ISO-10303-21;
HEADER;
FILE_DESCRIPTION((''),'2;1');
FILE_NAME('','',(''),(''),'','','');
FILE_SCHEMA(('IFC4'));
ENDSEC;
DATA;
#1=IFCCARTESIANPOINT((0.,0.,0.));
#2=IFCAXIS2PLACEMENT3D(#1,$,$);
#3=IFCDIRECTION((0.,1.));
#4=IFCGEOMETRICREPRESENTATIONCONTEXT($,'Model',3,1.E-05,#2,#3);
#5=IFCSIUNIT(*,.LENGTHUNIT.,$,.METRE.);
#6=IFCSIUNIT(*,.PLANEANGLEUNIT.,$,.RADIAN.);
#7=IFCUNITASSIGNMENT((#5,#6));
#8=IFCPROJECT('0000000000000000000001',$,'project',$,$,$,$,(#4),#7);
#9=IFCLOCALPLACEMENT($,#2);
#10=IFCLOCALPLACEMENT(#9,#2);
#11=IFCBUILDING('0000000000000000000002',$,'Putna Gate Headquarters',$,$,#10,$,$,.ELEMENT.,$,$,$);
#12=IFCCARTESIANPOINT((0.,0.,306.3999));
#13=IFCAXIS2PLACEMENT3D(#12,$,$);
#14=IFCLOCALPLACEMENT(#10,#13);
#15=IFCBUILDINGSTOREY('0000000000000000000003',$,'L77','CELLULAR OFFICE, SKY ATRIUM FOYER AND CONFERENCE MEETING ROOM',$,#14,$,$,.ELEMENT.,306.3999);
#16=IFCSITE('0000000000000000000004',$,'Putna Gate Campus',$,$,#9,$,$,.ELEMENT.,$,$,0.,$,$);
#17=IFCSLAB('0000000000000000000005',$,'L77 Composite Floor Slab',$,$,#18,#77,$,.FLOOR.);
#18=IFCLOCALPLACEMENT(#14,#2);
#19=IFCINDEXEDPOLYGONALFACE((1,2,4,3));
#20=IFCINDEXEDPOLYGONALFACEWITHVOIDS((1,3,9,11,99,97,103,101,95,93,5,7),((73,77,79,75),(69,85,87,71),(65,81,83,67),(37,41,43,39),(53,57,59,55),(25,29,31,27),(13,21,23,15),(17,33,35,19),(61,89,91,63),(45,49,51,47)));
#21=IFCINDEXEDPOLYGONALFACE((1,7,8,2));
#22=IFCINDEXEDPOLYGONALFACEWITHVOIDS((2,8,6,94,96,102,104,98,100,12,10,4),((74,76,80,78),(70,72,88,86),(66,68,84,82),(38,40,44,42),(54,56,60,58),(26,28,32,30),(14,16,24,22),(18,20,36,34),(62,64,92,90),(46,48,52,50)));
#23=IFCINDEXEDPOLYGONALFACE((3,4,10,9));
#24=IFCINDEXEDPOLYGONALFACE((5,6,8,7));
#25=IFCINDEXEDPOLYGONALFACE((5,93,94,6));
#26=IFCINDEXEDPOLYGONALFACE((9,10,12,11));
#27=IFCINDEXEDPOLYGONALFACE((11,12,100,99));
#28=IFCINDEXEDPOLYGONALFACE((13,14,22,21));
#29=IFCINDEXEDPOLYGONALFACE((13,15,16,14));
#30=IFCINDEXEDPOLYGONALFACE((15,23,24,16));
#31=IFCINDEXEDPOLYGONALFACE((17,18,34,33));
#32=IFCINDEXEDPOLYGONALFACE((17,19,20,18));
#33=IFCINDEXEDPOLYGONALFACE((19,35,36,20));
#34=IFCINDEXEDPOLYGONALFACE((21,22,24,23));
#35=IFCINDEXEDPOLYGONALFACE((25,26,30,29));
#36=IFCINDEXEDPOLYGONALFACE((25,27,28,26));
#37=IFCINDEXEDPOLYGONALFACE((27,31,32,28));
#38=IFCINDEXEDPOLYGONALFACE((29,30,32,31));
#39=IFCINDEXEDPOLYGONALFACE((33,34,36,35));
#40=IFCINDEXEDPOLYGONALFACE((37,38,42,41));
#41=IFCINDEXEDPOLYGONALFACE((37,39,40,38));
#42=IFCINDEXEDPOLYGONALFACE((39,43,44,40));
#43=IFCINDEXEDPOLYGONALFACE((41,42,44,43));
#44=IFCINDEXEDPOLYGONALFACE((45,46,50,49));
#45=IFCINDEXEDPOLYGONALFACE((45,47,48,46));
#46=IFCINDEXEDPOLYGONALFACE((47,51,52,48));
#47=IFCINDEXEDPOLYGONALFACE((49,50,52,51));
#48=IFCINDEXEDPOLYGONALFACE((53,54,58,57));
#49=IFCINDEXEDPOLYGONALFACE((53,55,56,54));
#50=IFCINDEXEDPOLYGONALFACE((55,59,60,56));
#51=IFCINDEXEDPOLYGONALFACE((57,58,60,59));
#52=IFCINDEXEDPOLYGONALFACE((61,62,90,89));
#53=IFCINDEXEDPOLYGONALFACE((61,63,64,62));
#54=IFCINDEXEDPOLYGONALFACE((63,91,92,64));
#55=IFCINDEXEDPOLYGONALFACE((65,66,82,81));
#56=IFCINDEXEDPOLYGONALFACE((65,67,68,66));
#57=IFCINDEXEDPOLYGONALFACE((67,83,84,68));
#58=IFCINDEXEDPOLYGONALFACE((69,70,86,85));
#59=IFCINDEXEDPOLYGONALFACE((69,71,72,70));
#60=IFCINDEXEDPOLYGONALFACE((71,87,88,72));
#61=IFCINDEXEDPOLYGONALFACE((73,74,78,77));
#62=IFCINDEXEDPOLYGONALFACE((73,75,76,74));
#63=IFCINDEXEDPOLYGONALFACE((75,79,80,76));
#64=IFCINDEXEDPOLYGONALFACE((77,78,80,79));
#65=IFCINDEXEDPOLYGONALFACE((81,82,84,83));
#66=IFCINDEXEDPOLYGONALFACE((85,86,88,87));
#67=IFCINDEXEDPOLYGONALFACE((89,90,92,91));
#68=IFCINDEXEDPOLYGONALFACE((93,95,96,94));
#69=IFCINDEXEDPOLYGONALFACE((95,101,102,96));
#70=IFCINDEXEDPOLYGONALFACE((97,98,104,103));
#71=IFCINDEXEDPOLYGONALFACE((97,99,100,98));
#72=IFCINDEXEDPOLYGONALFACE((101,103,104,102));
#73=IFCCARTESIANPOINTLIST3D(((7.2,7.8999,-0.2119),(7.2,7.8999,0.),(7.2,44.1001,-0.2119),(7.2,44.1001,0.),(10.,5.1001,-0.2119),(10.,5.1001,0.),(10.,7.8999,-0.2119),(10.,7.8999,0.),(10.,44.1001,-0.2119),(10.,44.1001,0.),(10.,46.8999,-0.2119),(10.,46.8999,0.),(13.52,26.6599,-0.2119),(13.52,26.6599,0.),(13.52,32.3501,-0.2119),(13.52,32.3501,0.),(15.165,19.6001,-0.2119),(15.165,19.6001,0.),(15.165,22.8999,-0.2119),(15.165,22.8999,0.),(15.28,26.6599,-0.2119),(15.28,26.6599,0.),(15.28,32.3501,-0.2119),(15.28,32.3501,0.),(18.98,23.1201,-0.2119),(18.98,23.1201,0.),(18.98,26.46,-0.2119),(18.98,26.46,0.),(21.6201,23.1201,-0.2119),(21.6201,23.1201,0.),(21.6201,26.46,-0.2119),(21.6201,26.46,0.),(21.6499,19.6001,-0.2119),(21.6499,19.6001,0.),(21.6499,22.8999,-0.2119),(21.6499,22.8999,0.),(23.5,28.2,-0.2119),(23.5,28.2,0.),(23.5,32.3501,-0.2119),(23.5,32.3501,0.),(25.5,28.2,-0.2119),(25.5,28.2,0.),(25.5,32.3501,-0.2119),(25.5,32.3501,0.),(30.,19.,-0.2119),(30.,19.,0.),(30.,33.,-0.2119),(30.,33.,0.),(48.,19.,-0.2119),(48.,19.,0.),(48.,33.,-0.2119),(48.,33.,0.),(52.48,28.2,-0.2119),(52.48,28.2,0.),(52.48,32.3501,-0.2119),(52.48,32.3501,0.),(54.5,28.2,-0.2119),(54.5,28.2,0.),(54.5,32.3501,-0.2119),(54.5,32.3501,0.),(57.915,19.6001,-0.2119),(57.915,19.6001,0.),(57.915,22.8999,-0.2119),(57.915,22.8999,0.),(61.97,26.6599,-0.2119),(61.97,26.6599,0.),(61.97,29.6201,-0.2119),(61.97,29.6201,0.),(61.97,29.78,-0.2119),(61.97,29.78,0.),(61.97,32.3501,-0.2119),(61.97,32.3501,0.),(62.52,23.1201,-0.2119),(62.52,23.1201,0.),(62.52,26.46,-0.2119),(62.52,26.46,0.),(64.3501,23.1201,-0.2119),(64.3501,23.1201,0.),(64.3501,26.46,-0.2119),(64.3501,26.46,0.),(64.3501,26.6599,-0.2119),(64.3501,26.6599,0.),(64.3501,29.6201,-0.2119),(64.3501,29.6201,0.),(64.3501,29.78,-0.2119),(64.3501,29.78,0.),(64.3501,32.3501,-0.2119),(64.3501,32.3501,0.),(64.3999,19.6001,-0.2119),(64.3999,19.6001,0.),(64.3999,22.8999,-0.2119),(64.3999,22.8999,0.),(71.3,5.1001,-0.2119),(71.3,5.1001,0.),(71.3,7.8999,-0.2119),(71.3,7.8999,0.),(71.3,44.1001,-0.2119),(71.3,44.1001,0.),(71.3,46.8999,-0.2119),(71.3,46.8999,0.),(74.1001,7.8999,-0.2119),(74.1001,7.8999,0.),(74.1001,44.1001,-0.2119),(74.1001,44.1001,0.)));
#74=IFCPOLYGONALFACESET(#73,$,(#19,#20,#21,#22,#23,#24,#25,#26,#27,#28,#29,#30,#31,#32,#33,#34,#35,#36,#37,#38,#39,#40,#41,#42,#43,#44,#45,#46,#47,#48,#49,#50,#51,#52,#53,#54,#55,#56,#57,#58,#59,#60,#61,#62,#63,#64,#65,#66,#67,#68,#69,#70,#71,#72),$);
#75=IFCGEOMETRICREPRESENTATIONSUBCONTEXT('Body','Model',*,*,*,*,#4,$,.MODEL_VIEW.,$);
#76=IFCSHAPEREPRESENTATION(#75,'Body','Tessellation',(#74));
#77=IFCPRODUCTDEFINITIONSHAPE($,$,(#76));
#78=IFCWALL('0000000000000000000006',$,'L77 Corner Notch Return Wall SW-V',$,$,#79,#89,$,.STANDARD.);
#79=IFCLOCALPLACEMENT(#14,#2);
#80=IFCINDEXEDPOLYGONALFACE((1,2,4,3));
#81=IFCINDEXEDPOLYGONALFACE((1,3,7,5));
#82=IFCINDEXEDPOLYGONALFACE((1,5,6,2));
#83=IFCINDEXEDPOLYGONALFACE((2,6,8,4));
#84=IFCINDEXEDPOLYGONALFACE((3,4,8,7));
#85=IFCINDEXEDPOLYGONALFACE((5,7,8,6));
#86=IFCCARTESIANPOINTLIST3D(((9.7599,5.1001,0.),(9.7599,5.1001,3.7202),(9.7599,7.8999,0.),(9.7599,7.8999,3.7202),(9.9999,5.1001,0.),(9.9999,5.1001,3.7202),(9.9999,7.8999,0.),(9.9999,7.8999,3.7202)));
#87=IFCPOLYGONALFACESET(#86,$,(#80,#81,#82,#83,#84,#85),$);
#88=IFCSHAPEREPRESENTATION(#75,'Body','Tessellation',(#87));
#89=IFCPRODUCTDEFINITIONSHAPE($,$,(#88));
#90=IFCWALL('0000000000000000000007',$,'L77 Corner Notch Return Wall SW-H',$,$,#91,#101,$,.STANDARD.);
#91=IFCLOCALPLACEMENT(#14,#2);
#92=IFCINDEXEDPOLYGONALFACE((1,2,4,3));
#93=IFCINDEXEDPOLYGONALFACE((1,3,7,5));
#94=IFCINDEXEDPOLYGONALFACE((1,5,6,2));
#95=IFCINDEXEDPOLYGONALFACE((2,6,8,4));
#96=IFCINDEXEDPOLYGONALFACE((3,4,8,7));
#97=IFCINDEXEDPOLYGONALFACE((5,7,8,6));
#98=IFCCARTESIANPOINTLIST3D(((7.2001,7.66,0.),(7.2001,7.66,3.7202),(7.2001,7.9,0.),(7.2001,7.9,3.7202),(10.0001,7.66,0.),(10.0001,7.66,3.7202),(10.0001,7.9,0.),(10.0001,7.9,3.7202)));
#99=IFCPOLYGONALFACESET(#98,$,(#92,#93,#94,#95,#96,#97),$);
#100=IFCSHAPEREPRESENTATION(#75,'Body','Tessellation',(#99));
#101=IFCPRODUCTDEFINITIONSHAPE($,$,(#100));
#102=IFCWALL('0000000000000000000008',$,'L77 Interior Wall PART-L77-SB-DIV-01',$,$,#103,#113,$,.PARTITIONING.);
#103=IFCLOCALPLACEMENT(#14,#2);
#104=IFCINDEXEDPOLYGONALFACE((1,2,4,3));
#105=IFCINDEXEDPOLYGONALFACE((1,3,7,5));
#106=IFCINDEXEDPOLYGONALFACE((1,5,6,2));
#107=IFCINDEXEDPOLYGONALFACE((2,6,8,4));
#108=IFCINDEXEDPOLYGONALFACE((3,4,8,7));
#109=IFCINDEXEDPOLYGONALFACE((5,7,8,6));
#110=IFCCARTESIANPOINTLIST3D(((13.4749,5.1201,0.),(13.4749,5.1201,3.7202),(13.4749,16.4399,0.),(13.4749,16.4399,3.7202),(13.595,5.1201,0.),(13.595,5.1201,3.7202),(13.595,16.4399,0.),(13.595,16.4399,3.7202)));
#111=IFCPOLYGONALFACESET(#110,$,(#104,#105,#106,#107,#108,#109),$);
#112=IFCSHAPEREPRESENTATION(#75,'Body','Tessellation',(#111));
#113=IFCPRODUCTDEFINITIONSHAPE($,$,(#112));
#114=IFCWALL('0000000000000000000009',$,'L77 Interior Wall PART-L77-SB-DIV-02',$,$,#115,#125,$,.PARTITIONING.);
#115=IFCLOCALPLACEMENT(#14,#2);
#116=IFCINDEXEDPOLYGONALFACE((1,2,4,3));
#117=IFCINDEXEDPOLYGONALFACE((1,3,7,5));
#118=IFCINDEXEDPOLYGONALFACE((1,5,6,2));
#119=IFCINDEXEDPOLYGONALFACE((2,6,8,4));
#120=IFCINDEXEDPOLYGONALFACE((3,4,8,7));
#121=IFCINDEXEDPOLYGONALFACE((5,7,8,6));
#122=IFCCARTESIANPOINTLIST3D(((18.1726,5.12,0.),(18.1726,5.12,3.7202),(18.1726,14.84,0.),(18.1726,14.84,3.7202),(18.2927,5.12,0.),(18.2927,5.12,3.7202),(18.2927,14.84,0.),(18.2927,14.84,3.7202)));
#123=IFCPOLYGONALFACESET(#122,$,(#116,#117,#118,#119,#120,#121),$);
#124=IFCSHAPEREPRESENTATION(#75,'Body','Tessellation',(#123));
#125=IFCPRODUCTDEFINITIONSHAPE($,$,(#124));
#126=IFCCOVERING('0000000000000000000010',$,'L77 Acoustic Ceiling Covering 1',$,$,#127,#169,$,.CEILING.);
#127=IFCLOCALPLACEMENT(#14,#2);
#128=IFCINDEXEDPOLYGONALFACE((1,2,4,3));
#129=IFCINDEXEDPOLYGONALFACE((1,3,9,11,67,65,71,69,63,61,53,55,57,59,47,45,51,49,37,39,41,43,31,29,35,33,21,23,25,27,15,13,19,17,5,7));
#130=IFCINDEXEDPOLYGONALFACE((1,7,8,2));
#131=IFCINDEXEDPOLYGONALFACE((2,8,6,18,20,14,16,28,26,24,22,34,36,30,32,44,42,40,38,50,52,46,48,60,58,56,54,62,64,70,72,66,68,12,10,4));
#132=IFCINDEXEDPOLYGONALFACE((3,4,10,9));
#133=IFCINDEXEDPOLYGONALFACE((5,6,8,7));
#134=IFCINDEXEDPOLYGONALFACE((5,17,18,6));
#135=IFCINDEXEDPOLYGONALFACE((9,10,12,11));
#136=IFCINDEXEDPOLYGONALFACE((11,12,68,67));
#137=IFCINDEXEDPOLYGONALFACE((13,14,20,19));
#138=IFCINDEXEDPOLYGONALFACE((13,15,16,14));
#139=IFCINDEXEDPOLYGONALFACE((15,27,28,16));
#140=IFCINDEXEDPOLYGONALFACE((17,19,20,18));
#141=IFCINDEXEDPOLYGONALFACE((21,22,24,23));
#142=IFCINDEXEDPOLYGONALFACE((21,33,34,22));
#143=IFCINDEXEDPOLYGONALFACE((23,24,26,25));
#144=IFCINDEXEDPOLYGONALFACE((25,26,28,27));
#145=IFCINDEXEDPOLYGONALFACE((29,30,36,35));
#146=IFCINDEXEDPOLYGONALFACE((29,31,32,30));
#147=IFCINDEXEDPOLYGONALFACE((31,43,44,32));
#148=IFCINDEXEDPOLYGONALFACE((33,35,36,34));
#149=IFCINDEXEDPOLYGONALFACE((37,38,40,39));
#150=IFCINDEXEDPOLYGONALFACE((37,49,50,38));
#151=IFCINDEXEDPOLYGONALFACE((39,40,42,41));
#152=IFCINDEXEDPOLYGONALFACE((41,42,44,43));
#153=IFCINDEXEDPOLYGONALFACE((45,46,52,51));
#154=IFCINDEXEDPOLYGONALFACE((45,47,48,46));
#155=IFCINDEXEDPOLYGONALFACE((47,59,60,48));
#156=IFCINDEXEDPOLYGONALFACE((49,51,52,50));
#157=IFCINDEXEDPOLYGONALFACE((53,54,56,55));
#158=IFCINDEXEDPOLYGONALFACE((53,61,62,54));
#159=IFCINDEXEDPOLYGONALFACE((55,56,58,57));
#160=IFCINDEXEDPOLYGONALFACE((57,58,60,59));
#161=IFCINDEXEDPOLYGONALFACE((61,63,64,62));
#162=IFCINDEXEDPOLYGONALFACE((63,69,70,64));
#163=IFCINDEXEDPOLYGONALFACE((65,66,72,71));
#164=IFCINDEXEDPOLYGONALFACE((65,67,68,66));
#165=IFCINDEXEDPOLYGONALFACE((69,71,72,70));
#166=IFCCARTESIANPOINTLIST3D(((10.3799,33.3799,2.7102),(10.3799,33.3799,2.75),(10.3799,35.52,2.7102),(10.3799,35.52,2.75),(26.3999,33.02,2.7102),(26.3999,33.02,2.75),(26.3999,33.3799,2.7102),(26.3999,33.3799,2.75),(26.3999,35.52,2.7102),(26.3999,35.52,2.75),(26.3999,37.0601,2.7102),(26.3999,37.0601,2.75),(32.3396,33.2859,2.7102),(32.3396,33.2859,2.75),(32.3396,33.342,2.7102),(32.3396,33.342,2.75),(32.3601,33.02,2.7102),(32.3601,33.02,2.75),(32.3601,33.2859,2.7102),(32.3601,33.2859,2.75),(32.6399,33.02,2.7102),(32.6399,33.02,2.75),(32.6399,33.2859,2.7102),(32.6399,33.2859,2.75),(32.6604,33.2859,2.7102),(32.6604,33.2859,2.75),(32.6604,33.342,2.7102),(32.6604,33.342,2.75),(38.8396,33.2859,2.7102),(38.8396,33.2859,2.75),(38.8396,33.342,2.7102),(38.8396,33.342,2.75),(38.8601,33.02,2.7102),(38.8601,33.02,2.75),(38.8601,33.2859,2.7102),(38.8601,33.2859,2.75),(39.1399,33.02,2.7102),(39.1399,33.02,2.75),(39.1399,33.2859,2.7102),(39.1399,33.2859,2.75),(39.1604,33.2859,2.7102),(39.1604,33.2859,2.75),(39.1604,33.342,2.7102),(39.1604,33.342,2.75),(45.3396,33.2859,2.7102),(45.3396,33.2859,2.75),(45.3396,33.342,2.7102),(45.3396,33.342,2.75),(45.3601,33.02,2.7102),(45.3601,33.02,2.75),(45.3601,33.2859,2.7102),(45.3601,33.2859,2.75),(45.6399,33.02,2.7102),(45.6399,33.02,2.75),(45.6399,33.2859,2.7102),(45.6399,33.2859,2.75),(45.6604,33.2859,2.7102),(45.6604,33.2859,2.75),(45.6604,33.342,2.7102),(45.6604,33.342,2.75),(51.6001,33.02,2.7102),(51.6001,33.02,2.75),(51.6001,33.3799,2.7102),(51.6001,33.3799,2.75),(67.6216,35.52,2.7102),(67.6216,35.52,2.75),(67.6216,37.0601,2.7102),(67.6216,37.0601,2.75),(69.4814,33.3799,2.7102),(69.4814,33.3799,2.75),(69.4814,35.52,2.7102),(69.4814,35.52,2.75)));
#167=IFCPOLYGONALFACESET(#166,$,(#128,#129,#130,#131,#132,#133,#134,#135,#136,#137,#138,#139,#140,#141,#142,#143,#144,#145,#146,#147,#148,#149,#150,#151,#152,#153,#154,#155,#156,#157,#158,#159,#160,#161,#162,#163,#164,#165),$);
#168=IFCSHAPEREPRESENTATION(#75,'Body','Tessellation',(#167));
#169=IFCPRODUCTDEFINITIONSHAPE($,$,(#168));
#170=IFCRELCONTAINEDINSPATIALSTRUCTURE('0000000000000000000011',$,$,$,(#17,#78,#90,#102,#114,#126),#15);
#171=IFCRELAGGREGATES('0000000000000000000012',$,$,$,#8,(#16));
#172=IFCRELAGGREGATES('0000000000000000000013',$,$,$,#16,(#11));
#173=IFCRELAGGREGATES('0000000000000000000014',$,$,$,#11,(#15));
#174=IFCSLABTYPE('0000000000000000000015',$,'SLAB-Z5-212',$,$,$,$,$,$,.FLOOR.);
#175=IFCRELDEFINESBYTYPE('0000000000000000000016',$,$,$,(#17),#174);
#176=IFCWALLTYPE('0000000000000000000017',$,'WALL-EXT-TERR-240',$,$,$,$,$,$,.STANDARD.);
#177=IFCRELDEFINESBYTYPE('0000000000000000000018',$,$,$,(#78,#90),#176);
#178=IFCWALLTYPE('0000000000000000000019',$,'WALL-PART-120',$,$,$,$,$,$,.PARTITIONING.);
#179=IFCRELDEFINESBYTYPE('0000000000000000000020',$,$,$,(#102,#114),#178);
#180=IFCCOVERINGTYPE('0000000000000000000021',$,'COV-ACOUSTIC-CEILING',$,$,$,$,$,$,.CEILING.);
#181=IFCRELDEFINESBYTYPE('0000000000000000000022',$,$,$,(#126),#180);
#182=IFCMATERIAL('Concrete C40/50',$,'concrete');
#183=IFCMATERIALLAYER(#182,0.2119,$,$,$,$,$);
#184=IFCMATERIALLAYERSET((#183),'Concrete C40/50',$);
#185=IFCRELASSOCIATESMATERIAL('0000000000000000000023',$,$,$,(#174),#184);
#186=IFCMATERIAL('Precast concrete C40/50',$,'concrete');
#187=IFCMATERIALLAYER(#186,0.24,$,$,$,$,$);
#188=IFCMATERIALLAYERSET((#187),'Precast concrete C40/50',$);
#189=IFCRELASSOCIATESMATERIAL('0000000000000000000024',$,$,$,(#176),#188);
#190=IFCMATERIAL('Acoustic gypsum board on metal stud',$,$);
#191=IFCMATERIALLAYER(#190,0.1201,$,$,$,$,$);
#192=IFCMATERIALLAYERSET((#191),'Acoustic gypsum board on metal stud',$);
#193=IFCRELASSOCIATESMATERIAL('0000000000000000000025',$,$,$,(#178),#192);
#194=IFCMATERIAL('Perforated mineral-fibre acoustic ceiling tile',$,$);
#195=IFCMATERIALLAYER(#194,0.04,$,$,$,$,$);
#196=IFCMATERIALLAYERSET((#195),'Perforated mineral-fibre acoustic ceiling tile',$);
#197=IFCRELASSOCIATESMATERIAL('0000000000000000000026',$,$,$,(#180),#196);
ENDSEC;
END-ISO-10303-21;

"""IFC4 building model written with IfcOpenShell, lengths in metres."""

from ifc_helpers import new_model, si_unit, direction, frame, frame_2d, origin, place, context, subcontext, project, spatial, polyline, rectangle, outline, extrude, material, layer, layer_set, type_object, element, save


model = new_model("IFC4")

# Units and contexts
model_context = context("Model", 3, precision=1e-05, world=origin(), true_north=direction((0.0, 1.0)))
body_context = subcontext(model_context, "Body", "Model", "MODEL_VIEW")
ifc_project = project(units=[si_unit("LENGTHUNIT", "METRE"), si_unit("PLANEANGLEUNIT", "RADIAN")], contexts=[model_context])

# Site, building, storey
site_placement = place(None, origin())
site = spatial("IfcSite", under=ifc_project, at=site_placement, Name="Putna Gate Campus", CompositionType="ELEMENT", RefElevation=0.0)
building_placement = place(site_placement, origin())
building = spatial("IfcBuilding", under=site, at=building_placement, Name="Putna Gate Headquarters", CompositionType="ELEMENT")
storey_placement = place(building_placement, frame((0.0, 0.0, 306.3999)))
storey = spatial("IfcBuildingStorey", under=building, at=storey_placement, Name="L77", Description="CELLULAR OFFICE, SKY ATRIUM FOYER AND CONFERENCE MEETING ROOM", CompositionType="ELEMENT", Elevation=306.3999)

# Shared definitions
ifc_material_1 = material(Name="Concrete C40/50", Category="concrete")

# Slab
ifc_layer_1 = layer(ifc_material_1, 0.2119)
ifc_layer_set_1 = layer_set([ifc_layer_1], Name="Concrete C40/50")
slab_type_1 = type_object("IfcSlabType", Name="SLAB-Z5-212", PredefinedType="FLOOR", material=ifc_layer_set_1)
slab_1_placement = place(storey_placement, frame((0.0, 0.0, -0.2119)))
element("IfcSlab", 1, at=slab_1_placement, inside=storey, type_object=slab_type_1, Name="L77 Composite Floor Slab", PredefinedType="FLOOR", context=body_context, shape_type="SweptSolid", body=[
    extrude(outline(polyline([(10.0, 5.1001), (71.3, 5.1001), (71.3, 7.8999), (74.1001, 7.8999), (74.1001, 44.1001), (71.3, 44.1001), (71.3, 46.8999), (10.0, 46.8999), (10.0, 44.1001), (7.2, 44.1001), (7.2, 7.8999), (10.0, 7.8999), (10.0, 5.1001)]), holes=[polyline([(15.165, 19.6001), (21.6499, 19.6001), (21.6499, 22.8999), (15.165, 22.8999), (15.165, 19.6001)]), polyline([(57.915, 19.6001), (64.3999, 19.6001), (64.3999, 22.8999), (57.915, 22.8999), (57.915, 19.6001)]), polyline([(13.52, 26.6599), (15.28, 26.6599), (15.28, 32.3501), (13.52, 32.3501), (13.52, 26.6599)]), polyline([(61.97, 29.78), (64.3501, 29.78), (64.3501, 32.3501), (61.97, 32.3501), (61.97, 29.78)]), polyline([(18.98, 23.1201), (21.6201, 23.1201), (21.6201, 26.46), (18.98, 26.46), (18.98, 23.1201)]), polyline([(62.52, 23.1201), (64.3501, 23.1201), (64.3501, 26.46), (62.52, 26.46), (62.52, 23.1201)]), polyline([(61.97, 26.6599), (64.3501, 26.6599), (64.3501, 29.6201), (61.97, 29.6201), (61.97, 26.6599)]), polyline([(23.5, 28.2), (25.5, 28.2), (25.5, 32.3501), (23.5, 32.3501), (23.5, 28.2)]), polyline([(52.48, 28.2), (54.5, 28.2), (54.5, 32.3501), (52.48, 32.3501), (52.48, 28.2)]), polyline([(30.0, 19.0), (48.0, 19.0), (48.0, 33.0), (30.0, 33.0), (30.0, 19.0)])]), origin(), (0.0, 0.0, 1.0), 0.2119),
])

# Walls
ifc_material_2 = material(Name="Precast concrete C40/50", Category="concrete")
ifc_layer_2 = layer(ifc_material_2, 0.24)
ifc_layer_set_2 = layer_set([ifc_layer_2], Name="Precast concrete C40/50")
wall_type_1 = type_object("IfcWallType", Name="WALL-EXT-TERR-240", PredefinedType="STANDARD", material=ifc_layer_set_2)
wall_1_placement = place(storey_placement, frame((9.8799, 5.1001, 0.0), z_axis=(0.0, 0.0, 1.0), x_axis=(0.0, 1.0, 0.0)))
element("IfcWall", 2, at=wall_1_placement, inside=storey, type_object=wall_type_1, Name="L77 Corner Notch Return Wall SW-V", PredefinedType="STANDARD", context=body_context, shape_type="SweptSolid", body=[
    extrude(rectangle(XDim=2.7998, YDim=0.24, at=frame_2d((1.3999, 0.0))), origin(), (0.0, 0.0, 1.0), 3.7202),
])
wall_2_placement = place(storey_placement, frame((10.0, 7.78, 0.0), z_axis=(0.0, 0.0, 1.0), x_axis=(-1.0, 0.0, 0.0)))
element("IfcWall", 3, at=wall_2_placement, inside=storey, type_object=wall_type_1, Name="L77 Corner Notch Return Wall SW-H", PredefinedType="STANDARD", context=body_context, shape_type="SweptSolid", body=[
    extrude(rectangle(XDim=2.8, YDim=0.24, at=frame_2d((1.3999, 0.0))), origin(), (0.0, 0.0, 1.0), 3.7202),
])
ifc_material_3 = material(Name="Acoustic gypsum board on metal stud")
ifc_layer_3 = layer(ifc_material_3, 0.1201)
ifc_layer_set_3 = layer_set([ifc_layer_3], Name="Acoustic gypsum board on metal stud")
wall_type_2 = type_object("IfcWallType", Name="WALL-PART-120", PredefinedType="PARTITIONING", material=ifc_layer_set_3)
wall_3_placement = place(storey_placement, frame((13.5349, 5.1201, 0.0), z_axis=(0.0, 0.0, 1.0), x_axis=(0.0, 1.0, 0.0)))
element("IfcWall", 4, at=wall_3_placement, inside=storey, type_object=wall_type_2, Name="L77 Interior Wall PART-L77-SB-DIV-01", PredefinedType="PARTITIONING", context=body_context, shape_type="SweptSolid", body=[
    extrude(rectangle(XDim=11.3198, YDim=0.1201, at=frame_2d((5.6599, 0.0))), origin(), (0.0, 0.0, 1.0), 3.7202),
])
wall_4_placement = place(storey_placement, frame((18.2327, 5.1201, 0.0), z_axis=(0.0, 0.0, 1.0), x_axis=(0.0, 1.0, 0.0)))
element("IfcWall", 5, at=wall_4_placement, inside=storey, type_object=wall_type_2, Name="L77 Interior Wall PART-L77-SB-DIV-02", PredefinedType="PARTITIONING", context=body_context, shape_type="SweptSolid", body=[
    extrude(rectangle(XDim=9.72, YDim=0.1201, at=frame_2d((4.8599, 0.0))), origin(), (0.0, 0.0, 1.0), 3.7202),
])

# Covering
ifc_material_4 = material(Name="Perforated mineral-fibre acoustic ceiling tile")
ifc_layer_4 = layer(ifc_material_4, 0.04)
ifc_layer_set_4 = layer_set([ifc_layer_4], Name="Perforated mineral-fibre acoustic ceiling tile")
covering_type_1 = type_object("IfcCoveringType", Name="COV-ACOUSTIC-CEILING", PredefinedType="CEILING", material=ifc_layer_set_4)
covering_1_placement = place(storey_placement, frame((0.0, 0.0, 2.7102)))
element("IfcCovering", 6, at=covering_1_placement, inside=storey, type_object=covering_type_1, Name="L77 Acoustic Ceiling Covering 1", PredefinedType="CEILING", context=body_context, shape_type="SweptSolid", body=[
    extrude(outline(polyline([(45.3601, 33.2859), (45.3396, 33.2859), (45.3396, 33.342), (45.6604, 33.342), (45.6604, 33.2859), (45.6399, 33.2859), (45.6399, 33.02), (51.6001, 33.02), (51.6001, 33.3799), (69.4814, 33.3799), (69.4814, 35.52), (67.6216, 35.52), (67.6216, 37.0601), (26.3999, 37.0601), (26.3999, 35.52), (10.3799, 35.52), (10.3799, 33.3799), (26.3999, 33.3799), (26.3999, 33.02), (32.3601, 33.02), (32.3601, 33.2859), (32.3396, 33.2859), (32.3396, 33.342), (32.6604, 33.342), (32.6604, 33.2859), (32.6399, 33.2859), (32.6399, 33.02), (38.8601, 33.02), (38.8601, 33.2859), (38.8396, 33.2859), (38.8396, 33.342), (39.1604, 33.342), (39.1604, 33.2859), (39.1399, 33.2859), (39.1399, 33.02), (45.3601, 33.02), (45.3601, 33.2859)])), origin(), (0.0, 0.0, 1.0), 0.0398),
])

save(model, "model.ifc")
